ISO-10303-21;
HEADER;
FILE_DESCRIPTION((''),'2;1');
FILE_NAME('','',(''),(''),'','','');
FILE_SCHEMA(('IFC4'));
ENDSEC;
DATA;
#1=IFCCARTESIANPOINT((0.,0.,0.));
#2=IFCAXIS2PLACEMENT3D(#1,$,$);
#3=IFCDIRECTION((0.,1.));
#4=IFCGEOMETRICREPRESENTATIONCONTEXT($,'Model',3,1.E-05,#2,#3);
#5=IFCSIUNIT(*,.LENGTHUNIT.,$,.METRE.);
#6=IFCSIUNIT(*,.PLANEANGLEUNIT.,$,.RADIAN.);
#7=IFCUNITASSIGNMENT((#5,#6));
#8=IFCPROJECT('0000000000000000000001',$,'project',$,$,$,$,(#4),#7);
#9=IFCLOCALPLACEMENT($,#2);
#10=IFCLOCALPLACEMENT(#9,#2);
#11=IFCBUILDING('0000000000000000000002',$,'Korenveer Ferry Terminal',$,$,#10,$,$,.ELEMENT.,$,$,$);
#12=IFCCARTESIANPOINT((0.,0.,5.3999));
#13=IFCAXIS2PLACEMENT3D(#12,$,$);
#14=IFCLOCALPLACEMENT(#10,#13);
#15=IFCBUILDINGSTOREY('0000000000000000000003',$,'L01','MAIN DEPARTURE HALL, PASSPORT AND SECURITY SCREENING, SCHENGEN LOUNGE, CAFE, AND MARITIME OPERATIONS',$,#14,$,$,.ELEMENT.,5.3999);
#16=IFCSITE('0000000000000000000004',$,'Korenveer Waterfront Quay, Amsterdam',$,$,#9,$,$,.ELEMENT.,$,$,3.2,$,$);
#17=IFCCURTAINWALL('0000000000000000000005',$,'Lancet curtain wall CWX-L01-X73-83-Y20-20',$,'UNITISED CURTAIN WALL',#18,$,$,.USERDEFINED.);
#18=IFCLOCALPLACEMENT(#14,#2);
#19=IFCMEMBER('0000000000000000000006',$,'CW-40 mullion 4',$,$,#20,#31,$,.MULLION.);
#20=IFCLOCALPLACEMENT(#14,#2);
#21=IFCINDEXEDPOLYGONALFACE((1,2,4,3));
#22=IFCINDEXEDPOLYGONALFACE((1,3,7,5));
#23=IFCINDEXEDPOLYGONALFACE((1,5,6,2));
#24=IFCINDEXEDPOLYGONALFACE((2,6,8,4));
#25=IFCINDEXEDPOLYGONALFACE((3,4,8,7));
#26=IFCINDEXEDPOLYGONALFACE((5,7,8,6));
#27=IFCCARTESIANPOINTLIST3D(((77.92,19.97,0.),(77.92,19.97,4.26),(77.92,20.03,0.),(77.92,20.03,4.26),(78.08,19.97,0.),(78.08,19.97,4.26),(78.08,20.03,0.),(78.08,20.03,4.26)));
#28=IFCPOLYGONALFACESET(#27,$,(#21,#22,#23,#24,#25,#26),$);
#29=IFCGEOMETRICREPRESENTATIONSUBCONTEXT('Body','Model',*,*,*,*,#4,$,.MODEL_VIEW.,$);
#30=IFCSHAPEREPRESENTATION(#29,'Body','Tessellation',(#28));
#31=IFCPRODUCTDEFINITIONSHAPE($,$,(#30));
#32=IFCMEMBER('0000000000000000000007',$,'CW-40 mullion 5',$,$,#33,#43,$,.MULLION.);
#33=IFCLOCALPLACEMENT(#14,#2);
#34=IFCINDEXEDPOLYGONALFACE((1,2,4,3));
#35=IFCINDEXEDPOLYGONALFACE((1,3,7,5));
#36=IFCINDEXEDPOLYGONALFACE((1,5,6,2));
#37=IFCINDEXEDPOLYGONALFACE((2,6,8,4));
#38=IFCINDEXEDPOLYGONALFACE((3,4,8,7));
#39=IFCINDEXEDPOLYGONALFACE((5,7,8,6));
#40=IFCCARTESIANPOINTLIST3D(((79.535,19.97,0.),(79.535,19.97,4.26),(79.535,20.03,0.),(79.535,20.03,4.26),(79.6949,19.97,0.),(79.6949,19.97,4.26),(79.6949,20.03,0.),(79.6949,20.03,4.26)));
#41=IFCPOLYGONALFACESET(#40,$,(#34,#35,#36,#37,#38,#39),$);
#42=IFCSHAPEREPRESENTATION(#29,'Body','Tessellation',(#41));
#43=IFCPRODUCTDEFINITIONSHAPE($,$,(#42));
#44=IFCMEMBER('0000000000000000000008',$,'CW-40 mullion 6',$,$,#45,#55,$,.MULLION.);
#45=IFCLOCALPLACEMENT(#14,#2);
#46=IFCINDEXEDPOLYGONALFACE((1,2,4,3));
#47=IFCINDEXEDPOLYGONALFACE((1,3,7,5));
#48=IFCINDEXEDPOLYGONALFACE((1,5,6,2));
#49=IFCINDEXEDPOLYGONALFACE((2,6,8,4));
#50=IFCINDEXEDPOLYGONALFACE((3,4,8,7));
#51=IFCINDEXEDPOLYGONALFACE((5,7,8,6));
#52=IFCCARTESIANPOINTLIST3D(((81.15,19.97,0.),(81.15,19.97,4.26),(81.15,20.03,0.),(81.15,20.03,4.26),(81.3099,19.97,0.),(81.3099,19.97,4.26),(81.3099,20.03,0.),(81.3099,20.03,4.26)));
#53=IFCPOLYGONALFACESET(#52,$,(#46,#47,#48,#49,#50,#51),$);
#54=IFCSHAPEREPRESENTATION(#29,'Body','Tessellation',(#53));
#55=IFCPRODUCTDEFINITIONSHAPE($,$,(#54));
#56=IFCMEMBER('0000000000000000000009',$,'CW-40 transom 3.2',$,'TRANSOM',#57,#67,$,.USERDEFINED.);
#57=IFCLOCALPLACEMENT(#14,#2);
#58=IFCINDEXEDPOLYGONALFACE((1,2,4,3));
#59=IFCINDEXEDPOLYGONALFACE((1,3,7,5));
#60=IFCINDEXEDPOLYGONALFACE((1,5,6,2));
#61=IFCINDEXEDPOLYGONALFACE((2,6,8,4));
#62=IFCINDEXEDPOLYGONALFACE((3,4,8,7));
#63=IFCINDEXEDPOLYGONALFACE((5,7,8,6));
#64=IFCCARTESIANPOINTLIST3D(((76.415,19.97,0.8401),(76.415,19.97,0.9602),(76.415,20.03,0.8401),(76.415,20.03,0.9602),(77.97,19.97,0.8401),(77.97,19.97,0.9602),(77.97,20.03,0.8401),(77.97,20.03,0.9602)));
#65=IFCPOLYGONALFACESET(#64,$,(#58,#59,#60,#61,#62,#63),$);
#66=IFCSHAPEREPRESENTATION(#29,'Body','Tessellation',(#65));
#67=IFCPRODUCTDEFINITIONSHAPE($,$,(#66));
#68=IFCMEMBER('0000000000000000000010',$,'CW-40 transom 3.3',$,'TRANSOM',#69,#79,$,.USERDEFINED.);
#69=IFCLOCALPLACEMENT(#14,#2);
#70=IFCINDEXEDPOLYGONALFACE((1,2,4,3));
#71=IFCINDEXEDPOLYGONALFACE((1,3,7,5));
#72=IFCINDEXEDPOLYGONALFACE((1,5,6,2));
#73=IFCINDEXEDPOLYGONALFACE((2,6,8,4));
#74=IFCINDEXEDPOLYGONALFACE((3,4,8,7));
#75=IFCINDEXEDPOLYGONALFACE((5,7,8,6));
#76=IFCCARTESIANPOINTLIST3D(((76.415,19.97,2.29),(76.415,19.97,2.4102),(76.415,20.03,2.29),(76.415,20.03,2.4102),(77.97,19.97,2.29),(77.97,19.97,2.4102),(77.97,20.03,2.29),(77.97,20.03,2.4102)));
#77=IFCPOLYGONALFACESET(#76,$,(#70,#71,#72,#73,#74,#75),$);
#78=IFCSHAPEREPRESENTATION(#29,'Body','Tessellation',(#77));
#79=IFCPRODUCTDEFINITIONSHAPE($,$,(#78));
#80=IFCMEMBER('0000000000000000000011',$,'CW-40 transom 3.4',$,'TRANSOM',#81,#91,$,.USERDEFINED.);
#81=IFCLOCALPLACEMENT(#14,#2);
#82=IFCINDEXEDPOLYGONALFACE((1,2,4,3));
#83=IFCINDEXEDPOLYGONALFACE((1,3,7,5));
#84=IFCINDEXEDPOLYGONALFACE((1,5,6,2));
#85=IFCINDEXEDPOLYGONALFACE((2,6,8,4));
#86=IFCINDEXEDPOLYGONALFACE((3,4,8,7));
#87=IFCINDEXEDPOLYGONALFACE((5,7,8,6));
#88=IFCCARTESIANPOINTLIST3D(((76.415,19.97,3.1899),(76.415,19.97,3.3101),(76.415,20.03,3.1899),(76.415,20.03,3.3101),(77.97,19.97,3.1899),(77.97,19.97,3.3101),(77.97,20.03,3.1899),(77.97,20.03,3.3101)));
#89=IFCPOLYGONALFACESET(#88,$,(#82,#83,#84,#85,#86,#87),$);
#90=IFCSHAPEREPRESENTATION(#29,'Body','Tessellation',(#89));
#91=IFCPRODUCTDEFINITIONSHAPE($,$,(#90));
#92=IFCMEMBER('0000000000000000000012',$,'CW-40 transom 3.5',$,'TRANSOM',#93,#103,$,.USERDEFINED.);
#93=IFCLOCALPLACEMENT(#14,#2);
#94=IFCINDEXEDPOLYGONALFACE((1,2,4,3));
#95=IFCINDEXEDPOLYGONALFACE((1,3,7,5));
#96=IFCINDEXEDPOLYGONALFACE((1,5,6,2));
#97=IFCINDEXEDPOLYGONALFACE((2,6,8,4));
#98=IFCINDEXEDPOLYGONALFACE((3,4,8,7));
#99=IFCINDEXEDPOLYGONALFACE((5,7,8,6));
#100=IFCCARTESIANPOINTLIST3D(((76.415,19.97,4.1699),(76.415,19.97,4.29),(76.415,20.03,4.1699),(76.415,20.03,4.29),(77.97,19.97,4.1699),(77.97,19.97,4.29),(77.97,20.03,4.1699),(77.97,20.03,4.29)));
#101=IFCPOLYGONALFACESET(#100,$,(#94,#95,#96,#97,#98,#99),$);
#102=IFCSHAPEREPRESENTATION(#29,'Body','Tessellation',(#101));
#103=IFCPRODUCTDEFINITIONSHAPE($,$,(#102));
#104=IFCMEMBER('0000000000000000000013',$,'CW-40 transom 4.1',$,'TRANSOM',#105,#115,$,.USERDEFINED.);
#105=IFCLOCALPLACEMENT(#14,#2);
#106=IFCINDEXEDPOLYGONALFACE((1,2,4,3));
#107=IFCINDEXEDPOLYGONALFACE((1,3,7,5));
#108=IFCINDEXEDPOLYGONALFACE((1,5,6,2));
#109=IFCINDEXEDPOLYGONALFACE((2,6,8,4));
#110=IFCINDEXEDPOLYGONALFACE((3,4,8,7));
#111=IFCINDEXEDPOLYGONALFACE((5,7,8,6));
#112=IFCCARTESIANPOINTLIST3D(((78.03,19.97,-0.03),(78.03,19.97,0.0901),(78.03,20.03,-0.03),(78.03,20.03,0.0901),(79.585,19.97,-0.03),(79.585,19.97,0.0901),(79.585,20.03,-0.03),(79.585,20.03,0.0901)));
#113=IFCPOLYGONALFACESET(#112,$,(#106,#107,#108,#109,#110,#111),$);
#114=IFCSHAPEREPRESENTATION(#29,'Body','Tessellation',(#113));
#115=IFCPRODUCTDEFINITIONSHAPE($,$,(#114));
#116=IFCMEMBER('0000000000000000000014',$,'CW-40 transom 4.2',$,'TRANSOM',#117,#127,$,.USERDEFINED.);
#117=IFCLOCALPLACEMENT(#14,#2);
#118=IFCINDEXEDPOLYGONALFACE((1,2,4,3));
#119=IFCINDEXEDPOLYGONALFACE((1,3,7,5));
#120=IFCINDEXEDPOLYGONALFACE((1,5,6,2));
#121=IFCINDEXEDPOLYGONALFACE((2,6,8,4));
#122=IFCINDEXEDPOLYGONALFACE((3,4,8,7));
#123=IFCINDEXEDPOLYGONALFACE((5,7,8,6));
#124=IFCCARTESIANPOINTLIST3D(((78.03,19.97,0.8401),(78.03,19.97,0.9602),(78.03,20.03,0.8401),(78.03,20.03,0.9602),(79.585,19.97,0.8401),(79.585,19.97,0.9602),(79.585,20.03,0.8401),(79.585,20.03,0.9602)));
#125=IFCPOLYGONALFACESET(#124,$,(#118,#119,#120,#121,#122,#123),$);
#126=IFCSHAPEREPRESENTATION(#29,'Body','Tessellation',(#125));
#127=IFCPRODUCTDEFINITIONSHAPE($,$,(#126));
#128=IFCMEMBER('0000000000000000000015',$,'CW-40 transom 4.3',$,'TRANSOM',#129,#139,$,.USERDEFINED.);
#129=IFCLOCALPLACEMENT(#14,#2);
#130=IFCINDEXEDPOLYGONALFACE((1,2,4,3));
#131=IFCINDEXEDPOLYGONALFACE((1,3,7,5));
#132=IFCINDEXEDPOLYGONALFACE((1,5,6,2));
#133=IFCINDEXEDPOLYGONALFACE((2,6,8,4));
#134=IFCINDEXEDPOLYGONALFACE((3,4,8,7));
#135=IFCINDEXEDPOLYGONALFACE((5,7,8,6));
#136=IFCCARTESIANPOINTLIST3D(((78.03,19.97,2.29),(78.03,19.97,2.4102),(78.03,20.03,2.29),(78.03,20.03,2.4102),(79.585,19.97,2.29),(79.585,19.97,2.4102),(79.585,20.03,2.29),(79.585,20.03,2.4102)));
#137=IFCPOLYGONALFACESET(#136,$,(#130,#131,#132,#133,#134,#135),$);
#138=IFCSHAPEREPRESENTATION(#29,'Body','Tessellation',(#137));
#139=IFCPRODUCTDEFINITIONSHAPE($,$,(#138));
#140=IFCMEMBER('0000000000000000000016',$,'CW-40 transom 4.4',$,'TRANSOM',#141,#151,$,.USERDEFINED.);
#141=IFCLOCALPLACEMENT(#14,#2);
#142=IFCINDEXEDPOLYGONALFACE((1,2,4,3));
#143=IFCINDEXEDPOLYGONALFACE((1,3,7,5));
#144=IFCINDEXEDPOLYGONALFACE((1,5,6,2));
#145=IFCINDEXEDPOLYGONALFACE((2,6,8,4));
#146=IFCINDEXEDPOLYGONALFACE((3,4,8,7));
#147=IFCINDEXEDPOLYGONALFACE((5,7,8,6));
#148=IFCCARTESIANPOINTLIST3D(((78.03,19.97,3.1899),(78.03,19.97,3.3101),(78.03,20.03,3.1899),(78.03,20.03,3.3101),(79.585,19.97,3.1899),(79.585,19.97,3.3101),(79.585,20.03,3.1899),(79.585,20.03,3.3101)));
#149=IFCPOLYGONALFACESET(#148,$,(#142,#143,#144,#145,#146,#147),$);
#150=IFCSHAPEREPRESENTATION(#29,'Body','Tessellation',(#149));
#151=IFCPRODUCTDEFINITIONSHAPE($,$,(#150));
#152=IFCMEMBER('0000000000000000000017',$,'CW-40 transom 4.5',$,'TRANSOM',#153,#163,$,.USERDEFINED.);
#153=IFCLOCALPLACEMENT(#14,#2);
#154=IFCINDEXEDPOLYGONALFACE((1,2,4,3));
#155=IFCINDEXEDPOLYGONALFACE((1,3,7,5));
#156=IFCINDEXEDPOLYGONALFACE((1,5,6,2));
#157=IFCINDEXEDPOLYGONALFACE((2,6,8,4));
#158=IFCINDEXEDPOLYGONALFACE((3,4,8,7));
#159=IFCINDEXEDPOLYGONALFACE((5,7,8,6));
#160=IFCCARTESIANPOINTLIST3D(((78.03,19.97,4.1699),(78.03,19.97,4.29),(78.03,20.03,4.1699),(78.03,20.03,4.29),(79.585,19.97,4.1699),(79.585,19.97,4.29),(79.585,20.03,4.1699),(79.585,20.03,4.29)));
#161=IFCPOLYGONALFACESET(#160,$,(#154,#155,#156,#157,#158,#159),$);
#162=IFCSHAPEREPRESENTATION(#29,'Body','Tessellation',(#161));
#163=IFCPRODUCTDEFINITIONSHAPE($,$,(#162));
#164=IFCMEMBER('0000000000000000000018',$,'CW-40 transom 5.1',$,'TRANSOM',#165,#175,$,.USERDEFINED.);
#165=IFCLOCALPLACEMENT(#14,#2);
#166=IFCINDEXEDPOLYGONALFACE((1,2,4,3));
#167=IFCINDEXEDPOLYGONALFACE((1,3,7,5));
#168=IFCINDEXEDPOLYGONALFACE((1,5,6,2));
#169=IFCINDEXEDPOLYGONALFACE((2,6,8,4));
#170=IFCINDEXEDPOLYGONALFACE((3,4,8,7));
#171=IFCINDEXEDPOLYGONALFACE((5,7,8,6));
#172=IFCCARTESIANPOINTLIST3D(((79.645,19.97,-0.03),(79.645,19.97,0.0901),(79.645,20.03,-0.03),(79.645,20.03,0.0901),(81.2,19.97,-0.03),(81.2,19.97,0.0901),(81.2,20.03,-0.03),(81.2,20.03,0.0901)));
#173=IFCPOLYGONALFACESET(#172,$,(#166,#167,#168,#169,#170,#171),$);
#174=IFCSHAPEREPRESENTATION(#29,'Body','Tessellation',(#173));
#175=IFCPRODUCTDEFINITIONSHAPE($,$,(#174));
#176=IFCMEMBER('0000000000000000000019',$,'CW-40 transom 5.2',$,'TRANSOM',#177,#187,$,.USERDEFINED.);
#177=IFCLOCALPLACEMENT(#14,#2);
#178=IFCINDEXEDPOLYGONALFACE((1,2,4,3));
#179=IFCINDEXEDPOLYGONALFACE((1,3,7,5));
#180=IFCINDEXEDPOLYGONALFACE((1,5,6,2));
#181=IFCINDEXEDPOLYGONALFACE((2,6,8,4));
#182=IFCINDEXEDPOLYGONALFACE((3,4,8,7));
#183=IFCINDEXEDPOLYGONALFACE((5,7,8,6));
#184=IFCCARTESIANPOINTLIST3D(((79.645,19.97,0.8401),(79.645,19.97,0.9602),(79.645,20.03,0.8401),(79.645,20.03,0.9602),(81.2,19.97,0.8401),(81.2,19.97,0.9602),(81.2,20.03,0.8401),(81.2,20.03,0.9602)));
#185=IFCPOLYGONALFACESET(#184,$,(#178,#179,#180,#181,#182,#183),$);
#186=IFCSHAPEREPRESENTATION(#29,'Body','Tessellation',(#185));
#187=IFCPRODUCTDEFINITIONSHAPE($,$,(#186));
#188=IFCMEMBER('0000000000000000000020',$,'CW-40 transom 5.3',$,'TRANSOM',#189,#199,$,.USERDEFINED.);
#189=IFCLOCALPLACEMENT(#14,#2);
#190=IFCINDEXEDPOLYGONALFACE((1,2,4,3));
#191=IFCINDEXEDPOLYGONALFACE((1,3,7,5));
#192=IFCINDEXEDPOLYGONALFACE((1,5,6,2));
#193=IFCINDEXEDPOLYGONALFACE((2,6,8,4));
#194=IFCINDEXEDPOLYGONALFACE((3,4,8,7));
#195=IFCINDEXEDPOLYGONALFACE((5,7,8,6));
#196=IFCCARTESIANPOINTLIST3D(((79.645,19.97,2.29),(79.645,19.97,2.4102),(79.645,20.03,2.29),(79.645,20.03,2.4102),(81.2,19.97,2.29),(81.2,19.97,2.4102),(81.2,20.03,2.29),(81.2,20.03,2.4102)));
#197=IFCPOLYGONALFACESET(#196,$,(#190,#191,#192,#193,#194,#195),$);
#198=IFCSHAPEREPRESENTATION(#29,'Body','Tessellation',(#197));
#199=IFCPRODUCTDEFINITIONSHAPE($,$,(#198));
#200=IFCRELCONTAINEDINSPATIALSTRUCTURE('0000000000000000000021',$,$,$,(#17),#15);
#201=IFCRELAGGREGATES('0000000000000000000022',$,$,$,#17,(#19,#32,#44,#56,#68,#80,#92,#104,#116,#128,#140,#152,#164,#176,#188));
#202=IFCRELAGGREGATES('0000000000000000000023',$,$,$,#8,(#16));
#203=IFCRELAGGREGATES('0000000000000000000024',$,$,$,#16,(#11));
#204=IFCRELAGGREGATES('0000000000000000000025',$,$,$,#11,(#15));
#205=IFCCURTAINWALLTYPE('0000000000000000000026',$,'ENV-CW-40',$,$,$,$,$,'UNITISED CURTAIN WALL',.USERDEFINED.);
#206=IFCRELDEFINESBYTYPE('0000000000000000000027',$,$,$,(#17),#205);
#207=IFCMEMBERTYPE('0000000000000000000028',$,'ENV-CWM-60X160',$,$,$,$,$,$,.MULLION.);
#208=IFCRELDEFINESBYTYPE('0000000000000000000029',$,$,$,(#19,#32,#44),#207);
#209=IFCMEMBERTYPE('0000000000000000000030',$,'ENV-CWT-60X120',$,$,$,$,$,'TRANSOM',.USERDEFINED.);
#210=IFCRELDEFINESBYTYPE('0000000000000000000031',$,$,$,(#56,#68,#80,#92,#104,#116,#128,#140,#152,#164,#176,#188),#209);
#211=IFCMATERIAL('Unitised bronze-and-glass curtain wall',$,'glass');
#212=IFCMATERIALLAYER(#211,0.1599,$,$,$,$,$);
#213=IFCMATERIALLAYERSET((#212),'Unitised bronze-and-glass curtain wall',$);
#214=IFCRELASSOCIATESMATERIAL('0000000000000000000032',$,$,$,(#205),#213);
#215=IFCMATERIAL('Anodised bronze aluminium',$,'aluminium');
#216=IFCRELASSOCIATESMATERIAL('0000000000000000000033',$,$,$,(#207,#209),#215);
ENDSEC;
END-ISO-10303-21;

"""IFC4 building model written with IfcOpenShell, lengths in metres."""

from ifc_helpers import new_model, si_unit, direction, frame, origin, origin_2d, place, context, subcontext, project, spatial, rectangle, extrude, material, layer, layer_set, material_profile, profile_set, type_object, element, aggregate, save


model = new_model("IFC4")

# Units and contexts
model_context = context("Model", 3, precision=1e-05, world=origin(), true_north=direction((0.0, 1.0)))
body_context = subcontext(model_context, "Body", "Model", "MODEL_VIEW")
ifc_project = project(units=[si_unit("LENGTHUNIT", "METRE"), si_unit("PLANEANGLEUNIT", "RADIAN")], contexts=[model_context])

# Site, building, storey
site_placement = place(None, origin())
site = spatial("IfcSite", under=ifc_project, at=site_placement, Name="Korenveer Waterfront Quay, Amsterdam", CompositionType="ELEMENT", RefElevation=3.2)
building_placement = place(site_placement, origin())
building = spatial("IfcBuilding", under=site, at=building_placement, Name="Korenveer Ferry Terminal", CompositionType="ELEMENT")
storey_placement = place(building_placement, frame((0.0, 0.0, 5.3999)))
storey = spatial("IfcBuildingStorey", under=building, at=storey_placement, Name="L01", Description="MAIN DEPARTURE HALL, PASSPORT AND SECURITY SCREENING, SCHENGEN LOUNGE, CAFE, AND MARITIME OPERATIONS", CompositionType="ELEMENT", Elevation=5.3999)

# Curtain wall, members
ifc_material_1 = material(Name="Unitised bronze-and-glass curtain wall", Category="glass")
ifc_layer_1 = layer(ifc_material_1, 0.1599)
ifc_layer_set_1 = layer_set([ifc_layer_1], Name="Unitised bronze-and-glass curtain wall")
curtain_wall_type = type_object("IfcCurtainWallType", Name="ENV-CW-40", ElementType="UNITISED CURTAIN WALL", PredefinedType="USERDEFINED", material=ifc_layer_set_1)
curtain_wall_placement = place(storey_placement, frame((73.155, 20.0, 0.0)))
curtain_wall = element("IfcCurtainWall", 1, at=curtain_wall_placement, inside=storey, type_object=curtain_wall_type, Name="Lancet curtain wall CWX-L01-X73-83-Y20-20", ObjectType="UNITISED CURTAIN WALL", PredefinedType="USERDEFINED")
ifc_material_2 = material(Name="Anodised bronze aluminium", Category="aluminium")
ifc_material_profile_1 = material_profile(ifc_material_2, rectangle(XDim=0.0601, YDim=0.1599, at=origin_2d()), Name="ALU 60x160")
ifc_profile_set_1 = profile_set([ifc_material_profile_1], Name="Anodised bronze aluminium")
member_type_1 = type_object("IfcMemberType", Name="ENV-CWM-60X160", PredefinedType="MULLION", material=ifc_profile_set_1)
member_1_placement = place(storey_placement, frame((78.0, 20.0, 0.0), z_axis=(0.0, 0.0, 1.0), x_axis=(0.0, 1.0, 0.0)))
member_1 = element("IfcMember", 2, at=member_1_placement, type_object=member_type_1, Name="CW-40 mullion 4", PredefinedType="MULLION", context=body_context, shape_type="SweptSolid", body=[
    extrude(rectangle(XDim=0.0601, YDim=0.1599, at=origin_2d()), origin(), (0.0, 0.0, 1.0), 4.26),
])
member_2_placement = place(storey_placement, frame((79.615, 20.0, 0.0), z_axis=(0.0, 0.0, 1.0), x_axis=(0.0, 1.0, 0.0)))
member_2 = element("IfcMember", 3, at=member_2_placement, type_object=member_type_1, Name="CW-40 mullion 5", PredefinedType="MULLION", context=body_context, shape_type="SweptSolid", body=[
    extrude(rectangle(XDim=0.0601, YDim=0.1599, at=origin_2d()), origin(), (0.0, 0.0, 1.0), 4.26),
])
member_3_placement = place(storey_placement, frame((81.23, 20.0, 0.0), z_axis=(0.0, 0.0, 1.0), x_axis=(0.0, 1.0, 0.0)))
member_3 = element("IfcMember", 4, at=member_3_placement, type_object=member_type_1, Name="CW-40 mullion 6", PredefinedType="MULLION", context=body_context, shape_type="SweptSolid", body=[
    extrude(rectangle(XDim=0.0601, YDim=0.1599, at=origin_2d()), origin(), (0.0, 0.0, 1.0), 4.26),
])
ifc_material_profile_2 = material_profile(ifc_material_2, rectangle(XDim=0.0601, YDim=0.1201, at=origin_2d()), Name="ALU 60x120")
ifc_profile_set_2 = profile_set([ifc_material_profile_2], Name="Anodised bronze aluminium")
member_type_2 = type_object("IfcMemberType", Name="ENV-CWT-60X120", ElementType="TRANSOM", PredefinedType="USERDEFINED", material=ifc_profile_set_2)
member_4_placement = place(storey_placement, frame((76.415, 20.0, 0.9001), z_axis=(1.0, 0.0, 0.0), x_axis=(0.0, 1.0, 0.0)))
member_4 = element("IfcMember", 5, at=member_4_placement, type_object=member_type_2, Name="CW-40 transom 3.2", ObjectType="TRANSOM", PredefinedType="USERDEFINED", context=body_context, shape_type="SweptSolid", body=[
    extrude(rectangle(XDim=0.0601, YDim=0.1201, at=origin_2d()), origin(), (0.0, 0.0, 1.0), 1.5549),
])
member_5_placement = place(storey_placement, frame((76.415, 20.0, 2.3501), z_axis=(1.0, 0.0, 0.0), x_axis=(0.0, 1.0, 0.0)))
member_5 = element("IfcMember", 6, at=member_5_placement, type_object=member_type_2, Name="CW-40 transom 3.3", ObjectType="TRANSOM", PredefinedType="USERDEFINED", context=body_context, shape_type="SweptSolid", body=[
    extrude(rectangle(XDim=0.0601, YDim=0.1201, at=origin_2d()), origin(), (0.0, 0.0, 1.0), 1.5549),
])
member_6_placement = place(storey_placement, frame((76.415, 20.0, 3.25), z_axis=(1.0, 0.0, 0.0), x_axis=(0.0, 1.0, 0.0)))
member_6 = element("IfcMember", 7, at=member_6_placement, type_object=member_type_2, Name="CW-40 transom 3.4", ObjectType="TRANSOM", PredefinedType="USERDEFINED", context=body_context, shape_type="SweptSolid", body=[
    extrude(rectangle(XDim=0.0601, YDim=0.1201, at=origin_2d()), origin(), (0.0, 0.0, 1.0), 1.5549),
])
member_7_placement = place(storey_placement, frame((76.415, 20.0, 4.23), z_axis=(1.0, 0.0, 0.0), x_axis=(0.0, 1.0, 0.0)))
member_7 = element("IfcMember", 8, at=member_7_placement, type_object=member_type_2, Name="CW-40 transom 3.5", ObjectType="TRANSOM", PredefinedType="USERDEFINED", context=body_context, shape_type="SweptSolid", body=[
    extrude(rectangle(XDim=0.0601, YDim=0.1201, at=origin_2d()), origin(), (0.0, 0.0, 1.0), 1.5549),
])
member_8_placement = place(storey_placement, frame((78.03, 20.0, 0.03), z_axis=(1.0, 0.0, 0.0), x_axis=(0.0, 1.0, 0.0)))
member_8 = element("IfcMember", 9, at=member_8_placement, type_object=member_type_2, Name="CW-40 transom 4.1", ObjectType="TRANSOM", PredefinedType="USERDEFINED", context=body_context, shape_type="SweptSolid", body=[
    extrude(rectangle(XDim=0.0601, YDim=0.1201, at=origin_2d()), origin(), (0.0, 0.0, 1.0), 1.5549),
])
member_9_placement = place(storey_placement, frame((78.03, 20.0, 0.9001), z_axis=(1.0, 0.0, 0.0), x_axis=(0.0, 1.0, 0.0)))
member_9 = element("IfcMember", 10, at=member_9_placement, type_object=member_type_2, Name="CW-40 transom 4.2", ObjectType="TRANSOM", PredefinedType="USERDEFINED", context=body_context, shape_type="SweptSolid", body=[
    extrude(rectangle(XDim=0.0601, YDim=0.1201, at=origin_2d()), origin(), (0.0, 0.0, 1.0), 1.5549),
])
member_10_placement = place(storey_placement, frame((78.03, 20.0, 2.3501), z_axis=(1.0, 0.0, 0.0), x_axis=(0.0, 1.0, 0.0)))
member_10 = element("IfcMember", 11, at=member_10_placement, type_object=member_type_2, Name="CW-40 transom 4.3", ObjectType="TRANSOM", PredefinedType="USERDEFINED", context=body_context, shape_type="SweptSolid", body=[
    extrude(rectangle(XDim=0.0601, YDim=0.1201, at=origin_2d()), origin(), (0.0, 0.0, 1.0), 1.5549),
])
member_11_placement = place(storey_placement, frame((78.03, 20.0, 3.25), z_axis=(1.0, 0.0, 0.0), x_axis=(0.0, 1.0, 0.0)))
member_11 = element("IfcMember", 12, at=member_11_placement, type_object=member_type_2, Name="CW-40 transom 4.4", ObjectType="TRANSOM", PredefinedType="USERDEFINED", context=body_context, shape_type="SweptSolid", body=[
    extrude(rectangle(XDim=0.0601, YDim=0.1201, at=origin_2d()), origin(), (0.0, 0.0, 1.0), 1.5549),
])
member_12_placement = place(storey_placement, frame((78.03, 20.0, 4.23), z_axis=(1.0, 0.0, 0.0), x_axis=(0.0, 1.0, 0.0)))
member_12 = element("IfcMember", 13, at=member_12_placement, type_object=member_type_2, Name="CW-40 transom 4.5", ObjectType="TRANSOM", PredefinedType="USERDEFINED", context=body_context, shape_type="SweptSolid", body=[
    extrude(rectangle(XDim=0.0601, YDim=0.1201, at=origin_2d()), origin(), (0.0, 0.0, 1.0), 1.5549),
])
member_13_placement = place(storey_placement, frame((79.645, 20.0, 0.03), z_axis=(1.0, 0.0, 0.0), x_axis=(0.0, 1.0, 0.0)))
member_13 = element("IfcMember", 14, at=member_13_placement, type_object=member_type_2, Name="CW-40 transom 5.1", ObjectType="TRANSOM", PredefinedType="USERDEFINED", context=body_context, shape_type="SweptSolid", body=[
    extrude(rectangle(XDim=0.0601, YDim=0.1201, at=origin_2d()), origin(), (0.0, 0.0, 1.0), 1.5549),
])
member_14_placement = place(storey_placement, frame((79.645, 20.0, 0.9001), z_axis=(1.0, 0.0, 0.0), x_axis=(0.0, 1.0, 0.0)))
member_14 = element("IfcMember", 15, at=member_14_placement, type_object=member_type_2, Name="CW-40 transom 5.2", ObjectType="TRANSOM", PredefinedType="USERDEFINED", context=body_context, shape_type="SweptSolid", body=[
    extrude(rectangle(XDim=0.0601, YDim=0.1201, at=origin_2d()), origin(), (0.0, 0.0, 1.0), 1.5549),
])
member_15_placement = place(storey_placement, frame((79.645, 20.0, 2.3501), z_axis=(1.0, 0.0, 0.0), x_axis=(0.0, 1.0, 0.0)))
member_15 = element("IfcMember", 16, at=member_15_placement, type_object=member_type_2, Name="CW-40 transom 5.3", ObjectType="TRANSOM", PredefinedType="USERDEFINED", context=body_context, shape_type="SweptSolid", body=[
    extrude(rectangle(XDim=0.0601, YDim=0.1201, at=origin_2d()), origin(), (0.0, 0.0, 1.0), 1.5549),
])
aggregate(curtain_wall, [member_1, member_2, member_3, member_4, member_5, member_6, member_7, member_8, member_9, member_10, member_11, member_12, member_13, member_14, member_15])

save(model, "model.ifc")
